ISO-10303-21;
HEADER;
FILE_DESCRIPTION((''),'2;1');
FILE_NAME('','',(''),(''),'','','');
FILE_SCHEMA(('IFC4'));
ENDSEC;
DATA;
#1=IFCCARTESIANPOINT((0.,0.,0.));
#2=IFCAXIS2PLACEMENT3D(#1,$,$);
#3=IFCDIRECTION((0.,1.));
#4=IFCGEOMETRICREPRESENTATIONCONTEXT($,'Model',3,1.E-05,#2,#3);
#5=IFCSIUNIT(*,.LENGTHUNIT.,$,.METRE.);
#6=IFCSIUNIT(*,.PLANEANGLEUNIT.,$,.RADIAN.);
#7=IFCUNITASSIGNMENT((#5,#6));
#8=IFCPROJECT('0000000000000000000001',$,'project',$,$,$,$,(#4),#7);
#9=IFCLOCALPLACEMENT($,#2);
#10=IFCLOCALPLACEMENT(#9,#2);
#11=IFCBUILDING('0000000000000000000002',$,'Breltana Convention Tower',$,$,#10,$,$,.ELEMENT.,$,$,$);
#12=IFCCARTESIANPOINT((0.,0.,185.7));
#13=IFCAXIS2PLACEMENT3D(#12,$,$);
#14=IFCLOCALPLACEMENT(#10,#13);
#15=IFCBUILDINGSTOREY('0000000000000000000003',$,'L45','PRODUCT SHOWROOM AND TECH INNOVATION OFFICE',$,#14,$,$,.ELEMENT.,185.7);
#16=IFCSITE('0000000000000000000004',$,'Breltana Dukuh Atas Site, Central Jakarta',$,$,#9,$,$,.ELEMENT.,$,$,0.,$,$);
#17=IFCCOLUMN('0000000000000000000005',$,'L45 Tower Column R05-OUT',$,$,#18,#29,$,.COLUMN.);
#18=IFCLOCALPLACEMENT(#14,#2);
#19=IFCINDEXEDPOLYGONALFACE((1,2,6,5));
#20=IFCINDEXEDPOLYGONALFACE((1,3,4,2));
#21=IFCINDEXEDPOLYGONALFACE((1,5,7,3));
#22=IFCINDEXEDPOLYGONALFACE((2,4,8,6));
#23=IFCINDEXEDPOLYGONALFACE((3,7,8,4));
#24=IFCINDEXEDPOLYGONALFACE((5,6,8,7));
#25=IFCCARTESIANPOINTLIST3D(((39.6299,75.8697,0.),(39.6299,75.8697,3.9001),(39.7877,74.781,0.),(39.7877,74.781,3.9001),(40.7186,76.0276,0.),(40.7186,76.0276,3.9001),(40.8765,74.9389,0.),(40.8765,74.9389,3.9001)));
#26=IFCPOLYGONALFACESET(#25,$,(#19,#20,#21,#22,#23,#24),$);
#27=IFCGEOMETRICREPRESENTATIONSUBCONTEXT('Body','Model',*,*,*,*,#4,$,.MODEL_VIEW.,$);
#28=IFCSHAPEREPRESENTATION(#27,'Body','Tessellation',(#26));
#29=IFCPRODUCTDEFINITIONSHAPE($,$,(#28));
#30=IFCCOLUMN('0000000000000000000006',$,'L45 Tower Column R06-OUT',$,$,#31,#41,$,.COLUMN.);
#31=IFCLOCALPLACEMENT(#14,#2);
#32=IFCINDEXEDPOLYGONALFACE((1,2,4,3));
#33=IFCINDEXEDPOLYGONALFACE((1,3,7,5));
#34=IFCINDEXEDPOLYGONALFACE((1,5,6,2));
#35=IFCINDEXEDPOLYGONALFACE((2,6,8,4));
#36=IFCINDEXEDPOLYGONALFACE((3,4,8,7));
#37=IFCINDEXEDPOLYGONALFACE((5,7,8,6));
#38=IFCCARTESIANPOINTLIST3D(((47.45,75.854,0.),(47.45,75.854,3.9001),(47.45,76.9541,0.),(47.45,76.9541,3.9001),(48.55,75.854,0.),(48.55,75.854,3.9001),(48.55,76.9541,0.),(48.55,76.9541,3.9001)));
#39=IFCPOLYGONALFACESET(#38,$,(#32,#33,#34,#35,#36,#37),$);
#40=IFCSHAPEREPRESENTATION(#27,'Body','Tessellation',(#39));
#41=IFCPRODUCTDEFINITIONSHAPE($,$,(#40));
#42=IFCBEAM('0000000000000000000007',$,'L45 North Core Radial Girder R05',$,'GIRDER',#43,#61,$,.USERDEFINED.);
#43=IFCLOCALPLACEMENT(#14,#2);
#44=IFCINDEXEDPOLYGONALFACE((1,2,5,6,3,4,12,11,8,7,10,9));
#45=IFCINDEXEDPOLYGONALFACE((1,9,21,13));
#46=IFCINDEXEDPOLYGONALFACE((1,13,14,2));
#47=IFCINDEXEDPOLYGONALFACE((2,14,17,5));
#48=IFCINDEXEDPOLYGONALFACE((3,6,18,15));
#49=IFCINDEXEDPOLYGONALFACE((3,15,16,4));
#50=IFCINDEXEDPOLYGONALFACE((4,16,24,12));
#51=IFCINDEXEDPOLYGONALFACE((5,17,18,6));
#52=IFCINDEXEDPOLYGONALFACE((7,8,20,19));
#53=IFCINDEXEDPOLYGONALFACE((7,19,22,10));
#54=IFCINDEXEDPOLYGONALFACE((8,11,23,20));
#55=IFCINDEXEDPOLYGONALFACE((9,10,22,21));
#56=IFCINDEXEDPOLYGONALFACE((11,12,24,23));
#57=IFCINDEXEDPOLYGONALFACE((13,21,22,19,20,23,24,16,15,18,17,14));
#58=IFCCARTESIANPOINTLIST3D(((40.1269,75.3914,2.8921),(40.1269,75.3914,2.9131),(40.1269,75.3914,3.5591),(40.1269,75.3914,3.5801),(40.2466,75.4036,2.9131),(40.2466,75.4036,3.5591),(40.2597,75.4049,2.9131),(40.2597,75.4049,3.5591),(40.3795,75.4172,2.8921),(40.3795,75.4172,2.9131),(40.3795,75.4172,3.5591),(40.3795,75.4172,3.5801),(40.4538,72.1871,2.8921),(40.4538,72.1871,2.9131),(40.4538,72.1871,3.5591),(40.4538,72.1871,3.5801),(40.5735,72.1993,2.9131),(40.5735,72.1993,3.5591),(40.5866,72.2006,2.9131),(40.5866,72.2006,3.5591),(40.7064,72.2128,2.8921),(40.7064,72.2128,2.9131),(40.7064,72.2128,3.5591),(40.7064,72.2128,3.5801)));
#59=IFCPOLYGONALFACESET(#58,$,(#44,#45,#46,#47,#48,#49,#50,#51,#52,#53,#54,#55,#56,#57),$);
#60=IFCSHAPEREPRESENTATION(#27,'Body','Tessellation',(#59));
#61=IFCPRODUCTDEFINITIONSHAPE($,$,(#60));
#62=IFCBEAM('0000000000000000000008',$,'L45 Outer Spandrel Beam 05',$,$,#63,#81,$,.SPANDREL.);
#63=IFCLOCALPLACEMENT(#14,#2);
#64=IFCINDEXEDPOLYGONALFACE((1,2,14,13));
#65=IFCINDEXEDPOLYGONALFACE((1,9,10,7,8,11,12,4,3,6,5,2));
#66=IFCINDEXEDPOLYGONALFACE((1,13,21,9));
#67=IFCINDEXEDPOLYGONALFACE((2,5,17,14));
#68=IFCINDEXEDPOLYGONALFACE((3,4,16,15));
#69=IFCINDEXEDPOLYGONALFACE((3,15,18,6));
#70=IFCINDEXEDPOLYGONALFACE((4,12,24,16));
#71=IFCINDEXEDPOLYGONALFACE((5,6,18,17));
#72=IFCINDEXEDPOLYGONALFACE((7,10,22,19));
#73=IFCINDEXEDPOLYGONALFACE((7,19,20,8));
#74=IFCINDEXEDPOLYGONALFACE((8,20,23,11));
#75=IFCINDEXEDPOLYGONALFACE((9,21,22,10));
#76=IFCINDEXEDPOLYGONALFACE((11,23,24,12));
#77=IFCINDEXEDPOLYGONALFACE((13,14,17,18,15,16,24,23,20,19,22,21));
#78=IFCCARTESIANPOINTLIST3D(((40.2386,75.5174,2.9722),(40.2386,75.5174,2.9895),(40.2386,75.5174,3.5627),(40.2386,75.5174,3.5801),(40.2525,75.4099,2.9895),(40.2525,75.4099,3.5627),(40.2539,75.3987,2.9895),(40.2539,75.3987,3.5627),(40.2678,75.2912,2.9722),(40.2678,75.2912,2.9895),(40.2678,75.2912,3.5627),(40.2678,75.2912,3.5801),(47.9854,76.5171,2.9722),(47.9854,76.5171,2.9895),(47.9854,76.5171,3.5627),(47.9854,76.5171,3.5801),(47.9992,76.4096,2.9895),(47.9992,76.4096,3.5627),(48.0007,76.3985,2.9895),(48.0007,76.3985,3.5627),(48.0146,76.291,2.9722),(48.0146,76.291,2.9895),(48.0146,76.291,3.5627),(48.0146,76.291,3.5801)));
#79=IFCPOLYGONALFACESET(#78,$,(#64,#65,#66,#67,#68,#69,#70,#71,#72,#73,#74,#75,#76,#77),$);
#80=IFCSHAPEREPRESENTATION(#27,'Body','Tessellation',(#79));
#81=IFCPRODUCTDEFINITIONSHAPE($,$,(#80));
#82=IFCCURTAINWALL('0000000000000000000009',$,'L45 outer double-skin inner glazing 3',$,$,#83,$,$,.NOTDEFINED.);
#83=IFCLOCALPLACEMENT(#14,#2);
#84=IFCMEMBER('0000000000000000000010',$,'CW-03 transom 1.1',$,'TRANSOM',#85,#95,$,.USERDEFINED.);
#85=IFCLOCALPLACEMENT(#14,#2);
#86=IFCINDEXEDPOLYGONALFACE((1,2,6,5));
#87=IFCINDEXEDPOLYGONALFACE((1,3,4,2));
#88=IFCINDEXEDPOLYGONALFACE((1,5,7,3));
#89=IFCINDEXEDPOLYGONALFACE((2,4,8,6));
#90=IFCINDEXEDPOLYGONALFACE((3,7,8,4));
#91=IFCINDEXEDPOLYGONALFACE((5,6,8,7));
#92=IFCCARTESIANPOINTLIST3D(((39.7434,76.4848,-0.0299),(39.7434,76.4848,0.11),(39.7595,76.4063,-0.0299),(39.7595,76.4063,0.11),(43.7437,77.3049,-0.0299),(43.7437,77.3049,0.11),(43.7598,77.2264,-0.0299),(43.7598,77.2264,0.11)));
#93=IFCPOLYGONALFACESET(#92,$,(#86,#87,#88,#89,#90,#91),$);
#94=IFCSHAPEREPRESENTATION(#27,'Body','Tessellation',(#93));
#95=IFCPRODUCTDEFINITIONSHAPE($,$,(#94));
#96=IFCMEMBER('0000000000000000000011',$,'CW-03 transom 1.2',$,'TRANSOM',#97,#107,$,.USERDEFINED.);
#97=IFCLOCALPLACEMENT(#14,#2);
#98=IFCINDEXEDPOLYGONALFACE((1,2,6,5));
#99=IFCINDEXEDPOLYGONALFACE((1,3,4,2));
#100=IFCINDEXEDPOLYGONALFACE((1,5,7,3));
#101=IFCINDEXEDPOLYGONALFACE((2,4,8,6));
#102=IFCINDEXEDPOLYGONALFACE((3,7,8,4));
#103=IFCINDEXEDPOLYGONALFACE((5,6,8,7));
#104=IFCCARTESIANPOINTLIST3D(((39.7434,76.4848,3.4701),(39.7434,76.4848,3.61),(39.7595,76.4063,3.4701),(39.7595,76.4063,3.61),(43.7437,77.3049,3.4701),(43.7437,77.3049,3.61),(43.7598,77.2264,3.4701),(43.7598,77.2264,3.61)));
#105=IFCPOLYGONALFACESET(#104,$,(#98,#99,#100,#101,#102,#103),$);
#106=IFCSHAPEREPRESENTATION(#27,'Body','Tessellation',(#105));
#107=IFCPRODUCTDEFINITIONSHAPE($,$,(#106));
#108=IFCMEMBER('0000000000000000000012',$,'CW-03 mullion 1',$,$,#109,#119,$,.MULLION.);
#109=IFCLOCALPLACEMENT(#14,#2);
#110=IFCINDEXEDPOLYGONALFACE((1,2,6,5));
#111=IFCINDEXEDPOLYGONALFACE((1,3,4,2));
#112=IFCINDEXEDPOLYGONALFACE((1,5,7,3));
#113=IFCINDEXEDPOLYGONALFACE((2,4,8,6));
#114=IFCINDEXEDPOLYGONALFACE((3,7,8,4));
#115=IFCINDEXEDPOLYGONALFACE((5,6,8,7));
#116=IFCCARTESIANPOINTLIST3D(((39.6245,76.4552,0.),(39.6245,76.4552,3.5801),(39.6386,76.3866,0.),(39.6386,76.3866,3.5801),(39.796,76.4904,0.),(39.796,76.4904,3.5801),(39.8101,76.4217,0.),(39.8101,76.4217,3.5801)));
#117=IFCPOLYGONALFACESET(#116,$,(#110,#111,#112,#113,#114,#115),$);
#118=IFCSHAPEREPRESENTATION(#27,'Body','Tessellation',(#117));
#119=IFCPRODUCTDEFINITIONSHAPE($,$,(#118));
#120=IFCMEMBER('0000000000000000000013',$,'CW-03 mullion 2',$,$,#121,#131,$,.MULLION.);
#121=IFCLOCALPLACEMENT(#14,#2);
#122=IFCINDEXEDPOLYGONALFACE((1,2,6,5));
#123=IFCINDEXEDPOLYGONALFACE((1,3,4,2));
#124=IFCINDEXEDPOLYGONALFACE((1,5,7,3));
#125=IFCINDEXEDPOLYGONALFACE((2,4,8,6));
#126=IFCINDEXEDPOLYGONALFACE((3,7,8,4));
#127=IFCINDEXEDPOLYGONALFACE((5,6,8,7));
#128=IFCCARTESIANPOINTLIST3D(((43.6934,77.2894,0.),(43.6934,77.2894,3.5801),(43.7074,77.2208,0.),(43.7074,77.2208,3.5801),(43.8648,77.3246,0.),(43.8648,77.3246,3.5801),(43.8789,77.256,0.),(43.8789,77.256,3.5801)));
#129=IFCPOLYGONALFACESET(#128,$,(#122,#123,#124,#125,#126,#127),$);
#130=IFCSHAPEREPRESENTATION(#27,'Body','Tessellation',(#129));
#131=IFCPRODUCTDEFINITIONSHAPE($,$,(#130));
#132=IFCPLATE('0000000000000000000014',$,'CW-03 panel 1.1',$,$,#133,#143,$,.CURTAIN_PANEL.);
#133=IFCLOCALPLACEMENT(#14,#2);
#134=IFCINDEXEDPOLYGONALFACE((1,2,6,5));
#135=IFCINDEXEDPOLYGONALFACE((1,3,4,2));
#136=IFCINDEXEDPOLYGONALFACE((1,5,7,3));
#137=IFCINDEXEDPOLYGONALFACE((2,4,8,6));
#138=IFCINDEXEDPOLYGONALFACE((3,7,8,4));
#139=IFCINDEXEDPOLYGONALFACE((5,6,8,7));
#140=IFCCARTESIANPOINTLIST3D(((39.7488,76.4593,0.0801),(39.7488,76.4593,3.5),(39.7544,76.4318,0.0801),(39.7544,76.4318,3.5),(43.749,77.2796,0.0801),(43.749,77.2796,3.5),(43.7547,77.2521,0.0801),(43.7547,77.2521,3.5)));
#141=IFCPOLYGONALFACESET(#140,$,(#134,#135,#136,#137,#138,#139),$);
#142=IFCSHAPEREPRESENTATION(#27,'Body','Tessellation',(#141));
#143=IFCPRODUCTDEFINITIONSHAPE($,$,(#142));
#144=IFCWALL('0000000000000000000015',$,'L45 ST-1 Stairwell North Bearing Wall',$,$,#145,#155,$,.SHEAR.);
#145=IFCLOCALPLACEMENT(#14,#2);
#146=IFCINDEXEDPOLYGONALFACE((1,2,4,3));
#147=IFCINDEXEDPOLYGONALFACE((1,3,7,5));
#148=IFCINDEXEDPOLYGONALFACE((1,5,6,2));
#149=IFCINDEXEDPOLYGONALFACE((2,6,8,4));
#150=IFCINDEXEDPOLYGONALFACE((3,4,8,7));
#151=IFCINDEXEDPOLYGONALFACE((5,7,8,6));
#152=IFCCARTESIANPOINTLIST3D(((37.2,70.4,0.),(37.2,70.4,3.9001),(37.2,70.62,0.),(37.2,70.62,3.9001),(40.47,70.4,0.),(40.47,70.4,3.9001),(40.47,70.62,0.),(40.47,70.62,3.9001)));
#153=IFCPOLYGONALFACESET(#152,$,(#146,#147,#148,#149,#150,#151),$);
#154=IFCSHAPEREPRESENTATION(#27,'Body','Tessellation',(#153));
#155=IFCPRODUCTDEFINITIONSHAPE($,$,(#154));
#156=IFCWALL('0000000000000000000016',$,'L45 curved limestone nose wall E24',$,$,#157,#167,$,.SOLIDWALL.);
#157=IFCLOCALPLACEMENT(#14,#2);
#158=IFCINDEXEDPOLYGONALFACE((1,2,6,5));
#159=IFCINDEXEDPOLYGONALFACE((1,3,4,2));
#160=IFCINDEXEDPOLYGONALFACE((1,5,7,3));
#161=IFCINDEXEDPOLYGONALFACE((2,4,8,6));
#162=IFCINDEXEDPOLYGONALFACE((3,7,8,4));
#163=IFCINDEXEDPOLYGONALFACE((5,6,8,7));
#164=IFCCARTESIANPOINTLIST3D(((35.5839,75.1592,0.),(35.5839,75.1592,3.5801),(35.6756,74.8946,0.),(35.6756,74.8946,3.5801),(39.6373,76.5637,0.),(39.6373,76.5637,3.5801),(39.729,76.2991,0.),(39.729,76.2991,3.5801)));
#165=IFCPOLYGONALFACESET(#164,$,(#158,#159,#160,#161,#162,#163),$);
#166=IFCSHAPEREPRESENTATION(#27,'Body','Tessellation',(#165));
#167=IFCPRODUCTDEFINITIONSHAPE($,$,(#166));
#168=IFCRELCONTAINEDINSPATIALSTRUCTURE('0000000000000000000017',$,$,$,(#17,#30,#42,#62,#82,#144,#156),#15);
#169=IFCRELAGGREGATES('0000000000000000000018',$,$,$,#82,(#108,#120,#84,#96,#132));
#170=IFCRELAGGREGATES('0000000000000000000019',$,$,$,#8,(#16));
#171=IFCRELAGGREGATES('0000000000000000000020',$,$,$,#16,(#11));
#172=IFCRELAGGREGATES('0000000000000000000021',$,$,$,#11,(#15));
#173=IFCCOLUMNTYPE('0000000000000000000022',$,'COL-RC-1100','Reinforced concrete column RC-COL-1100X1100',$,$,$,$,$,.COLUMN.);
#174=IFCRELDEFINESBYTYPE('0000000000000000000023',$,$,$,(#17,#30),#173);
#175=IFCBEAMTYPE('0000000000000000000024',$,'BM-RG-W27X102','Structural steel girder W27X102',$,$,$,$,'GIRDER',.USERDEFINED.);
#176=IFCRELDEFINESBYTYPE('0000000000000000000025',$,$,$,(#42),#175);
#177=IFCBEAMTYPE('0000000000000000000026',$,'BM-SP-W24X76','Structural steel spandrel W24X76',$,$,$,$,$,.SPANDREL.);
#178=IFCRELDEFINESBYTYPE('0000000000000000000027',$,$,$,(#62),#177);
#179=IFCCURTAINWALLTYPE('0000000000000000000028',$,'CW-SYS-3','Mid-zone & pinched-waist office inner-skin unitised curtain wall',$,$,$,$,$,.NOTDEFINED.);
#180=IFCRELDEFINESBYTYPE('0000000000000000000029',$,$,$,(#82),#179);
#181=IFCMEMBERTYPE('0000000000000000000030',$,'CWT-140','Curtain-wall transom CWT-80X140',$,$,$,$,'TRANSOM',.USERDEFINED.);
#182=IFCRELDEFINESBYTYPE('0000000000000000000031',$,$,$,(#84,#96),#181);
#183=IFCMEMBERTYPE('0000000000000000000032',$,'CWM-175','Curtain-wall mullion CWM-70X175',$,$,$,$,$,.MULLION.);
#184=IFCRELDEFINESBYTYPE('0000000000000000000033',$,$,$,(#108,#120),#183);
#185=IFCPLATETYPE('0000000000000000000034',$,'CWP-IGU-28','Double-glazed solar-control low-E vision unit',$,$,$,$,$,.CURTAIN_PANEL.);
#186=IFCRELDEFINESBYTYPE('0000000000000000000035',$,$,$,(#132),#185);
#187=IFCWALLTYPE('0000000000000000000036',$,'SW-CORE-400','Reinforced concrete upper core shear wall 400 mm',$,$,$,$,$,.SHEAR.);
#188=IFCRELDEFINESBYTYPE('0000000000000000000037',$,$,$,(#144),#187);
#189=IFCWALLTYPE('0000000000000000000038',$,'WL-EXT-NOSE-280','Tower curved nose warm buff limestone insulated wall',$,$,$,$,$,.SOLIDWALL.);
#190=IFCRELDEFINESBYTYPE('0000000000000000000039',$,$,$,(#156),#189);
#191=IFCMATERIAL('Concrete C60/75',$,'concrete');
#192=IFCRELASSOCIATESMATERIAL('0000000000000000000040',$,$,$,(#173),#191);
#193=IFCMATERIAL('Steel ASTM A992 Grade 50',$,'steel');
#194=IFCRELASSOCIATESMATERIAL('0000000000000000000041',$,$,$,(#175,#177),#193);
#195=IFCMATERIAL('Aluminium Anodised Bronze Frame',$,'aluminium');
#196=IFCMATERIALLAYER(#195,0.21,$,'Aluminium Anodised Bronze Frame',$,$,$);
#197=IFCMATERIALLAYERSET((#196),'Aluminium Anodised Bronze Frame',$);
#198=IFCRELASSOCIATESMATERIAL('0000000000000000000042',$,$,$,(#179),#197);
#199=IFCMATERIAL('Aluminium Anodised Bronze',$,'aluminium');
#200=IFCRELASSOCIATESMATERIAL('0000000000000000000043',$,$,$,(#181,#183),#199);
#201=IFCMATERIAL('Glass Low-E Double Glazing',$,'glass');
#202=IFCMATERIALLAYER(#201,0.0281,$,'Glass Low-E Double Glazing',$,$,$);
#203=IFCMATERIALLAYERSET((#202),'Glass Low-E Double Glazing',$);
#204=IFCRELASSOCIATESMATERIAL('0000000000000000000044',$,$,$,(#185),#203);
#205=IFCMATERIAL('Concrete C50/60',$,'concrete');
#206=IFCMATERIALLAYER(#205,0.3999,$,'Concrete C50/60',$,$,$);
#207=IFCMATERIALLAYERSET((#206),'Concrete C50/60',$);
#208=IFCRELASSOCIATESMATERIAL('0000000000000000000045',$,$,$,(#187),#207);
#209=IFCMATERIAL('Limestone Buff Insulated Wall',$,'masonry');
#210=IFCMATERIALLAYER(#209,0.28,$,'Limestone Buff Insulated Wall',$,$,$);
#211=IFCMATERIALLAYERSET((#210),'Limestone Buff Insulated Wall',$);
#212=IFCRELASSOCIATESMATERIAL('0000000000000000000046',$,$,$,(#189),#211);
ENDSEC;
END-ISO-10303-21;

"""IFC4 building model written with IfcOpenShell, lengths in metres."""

from ifc_helpers import new_model, si_unit, direction, frame, frame_2d, origin, origin_2d, place, context, subcontext, project, spatial, rectangle, i_section, extrude, source, transform, mapped, material, layer, layer_set, material_profile, profile_set, type_object, element, aggregate, save


model = new_model("IFC4")

# Units and contexts
model_context = context("Model", 3, precision=1e-05, world=origin(), true_north=direction((0.0, 1.0)))
body_context = subcontext(model_context, "Body", "Model", "MODEL_VIEW")
ifc_project = project(units=[si_unit("LENGTHUNIT", "METRE"), si_unit("PLANEANGLEUNIT", "RADIAN")], contexts=[model_context])

# Site, building, storey
site_placement = place(None, origin())
site = spatial("IfcSite", under=ifc_project, at=site_placement, Name="Breltana Dukuh Atas Site, Central Jakarta", CompositionType="ELEMENT", RefElevation=0.0)
building_placement = place(site_placement, origin())
building = spatial("IfcBuilding", under=site, at=building_placement, Name="Breltana Convention Tower", CompositionType="ELEMENT")
storey_placement = place(building_placement, frame((0.0, 0.0, 185.7)))
storey = spatial("IfcBuildingStorey", under=building, at=storey_placement, Name="L45", Description="PRODUCT SHOWROOM AND TECH INNOVATION OFFICE", CompositionType="ELEMENT", Elevation=185.7)

# Columns
ifc_material_1 = material(Name="Concrete C60/75", Category="concrete")
ifc_material_profile_1 = material_profile(ifc_material_1, rectangle(XDim=1.1001, YDim=1.1001, at=origin_2d()), Name="RC-COL-1100X1100")
ifc_profile_set_1 = profile_set([ifc_material_profile_1], Name="Concrete C60/75")
column_type = type_object("IfcColumnType", Name="COL-RC-1100", Description="Reinforced concrete column RC-COL-1100X1100", PredefinedType="COLUMN", material=ifc_profile_set_1)
shared_shape_1 = source(origin(), body_context, "Body", "SweptSolid", [
    extrude(rectangle(XDim=1.1001, YDim=1.1001, at=origin_2d()), origin(), (0.0, 0.0, 1.0), 3.9001),
])
for number, where, z_axis, x_axis, name in (
    (1, (40.2532, 75.4043, 0.0), (0.0, 0.0, 1.0), (-0.143493, 0.989651, 0.0), "L45 Tower Column R05-OUT"),
    (2, (48.0, 76.4041, 0.0), (0.0, 0.0, 1.0), (0.0, 1.0, 0.0), "L45 Tower Column R06-OUT"),
):
    element("IfcColumn", number, at=place(storey_placement, frame(where, z_axis=z_axis, x_axis=x_axis)), inside=storey, type_object=column_type, Name=name, PredefinedType="COLUMN", context=body_context, shape_type="MappedRepresentation", body=[
        mapped(shared_shape_1, transform((0.0, 0.0, 0.0), scale=1.0)),
    ])

# Beams
ifc_material_2 = material(Name="Steel ASTM A992 Grade 50", Category="steel")
ifc_material_profile_2 = material_profile(ifc_material_2, i_section(OverallWidth=0.2539, OverallDepth=0.688, WebThickness=0.0132, FlangeThickness=0.021, at=origin_2d()), Name="W27X102")
ifc_profile_set_2 = profile_set([ifc_material_profile_2], Name="Steel ASTM A992 Grade 50")
beam_type_1 = type_object("IfcBeamType", Name="BM-RG-W27X102", Description="Structural steel girder W27X102", ElementType="GIRDER", PredefinedType="USERDEFINED", material=ifc_profile_set_2)
shared_shape_2 = source(origin(), body_context, "Body", "SweptSolid", [
    extrude(i_section(OverallWidth=0.2539, OverallDepth=0.688, WebThickness=0.0132, FlangeThickness=0.021, at=origin_2d()), origin(), (0.0, 0.0, 1.0), 3.2209),
])
beam_1_placement = place(storey_placement, frame((40.5801, 72.2, 3.2361), z_axis=(-0.101492, 0.994836, 0.0), x_axis=(-0.994836, -0.101492, 0.0)))
element("IfcBeam", 3, at=beam_1_placement, inside=storey, type_object=beam_type_1, Name="L45 North Core Radial Girder R05", ObjectType="GIRDER", PredefinedType="USERDEFINED", context=body_context, shape_type="MappedRepresentation", body=[
    mapped(shared_shape_2, transform((0.0, 0.0, 0.0), scale=1.0)),
])
ifc_material_profile_3 = material_profile(ifc_material_2, i_section(OverallWidth=0.228, OverallDepth=0.6079, WebThickness=0.0112, FlangeThickness=0.0173, at=origin_2d()), Name="W24X76")
ifc_profile_set_3 = profile_set([ifc_material_profile_3], Name="Steel ASTM A992 Grade 50")
beam_type_2 = type_object("IfcBeamType", Name="BM-SP-W24X76", Description="Structural steel spandrel W24X76", PredefinedType="SPANDREL", material=ifc_profile_set_3)
shared_shape_3 = source(origin(), body_context, "Body", "SweptSolid", [
    extrude(i_section(OverallWidth=0.228, OverallDepth=0.6079, WebThickness=0.0112, FlangeThickness=0.0173, at=origin_2d()), origin(), (0.0, 0.0, 1.0), 7.811),
])
beam_2_placement = place(storey_placement, frame((40.2532, 75.4043, 3.2761), z_axis=(0.991775, 0.127992, 0.0), x_axis=(-0.127992, 0.991775, 0.0)))
element("IfcBeam", 4, at=beam_2_placement, inside=storey, type_object=beam_type_2, Name="L45 Outer Spandrel Beam 05", PredefinedType="SPANDREL", context=body_context, shape_type="MappedRepresentation", body=[
    mapped(shared_shape_3, transform((0.0, 0.0, 0.0), scale=1.0)),
])

# Curtain wall, members, plate
ifc_material_3 = material(Name="Aluminium Anodised Bronze Frame", Category="aluminium")
ifc_layer_1 = layer(ifc_material_3, 0.21, Name="Aluminium Anodised Bronze Frame")
ifc_layer_set_1 = layer_set([ifc_layer_1], Name="Aluminium Anodised Bronze Frame")
curtain_wall_type = type_object("IfcCurtainWallType", Name="CW-SYS-3", Description="Mid-zone & pinched-waist office inner-skin unitised curtain wall", PredefinedType="NOTDEFINED", material=ifc_layer_set_1)
curtain_wall_placement = place(storey_placement, origin())
curtain_wall = element("IfcCurtainWall", 5, at=curtain_wall_placement, inside=storey, type_object=curtain_wall_type, Name="L45 outer double-skin inner glazing 3", PredefinedType="NOTDEFINED")
ifc_material_4 = material(Name="Aluminium Anodised Bronze", Category="aluminium")
ifc_material_profile_4 = material_profile(ifc_material_4, rectangle(XDim=0.0801, YDim=0.1399, at=origin_2d()), Name="CWT-80X140")
ifc_profile_set_4 = profile_set([ifc_material_profile_4], Name="Aluminium Anodised Bronze")
member_type_1 = type_object("IfcMemberType", Name="CWT-140", Description="Curtain-wall transom CWT-80X140", ElementType="TRANSOM", PredefinedType="USERDEFINED", material=ifc_profile_set_4)
shared_shape_4 = source(origin(), body_context, "Body", "SweptSolid", [
    extrude(rectangle(XDim=0.0801, YDim=0.1399, at=origin_2d()), origin(), (0.0, 0.0, 1.0), 4.0835),
])
member_1_placement = place(storey_placement, frame((39.7515, 76.4456, 0.04), z_axis=(0.979627, 0.200828, 0.0), x_axis=(-0.200828, 0.979627, 0.0)))
member_1 = element("IfcMember", 6, at=member_1_placement, type_object=member_type_1, Name="CW-03 transom 1.1", ObjectType="TRANSOM", PredefinedType="USERDEFINED", context=body_context, shape_type="MappedRepresentation", body=[
    mapped(shared_shape_4, transform((0.0, 0.0, 0.0), scale=1.0)),
])
member_2_placement = place(storey_placement, frame((39.7515, 76.4456, 3.54), z_axis=(0.979627, 0.200828, 0.0), x_axis=(-0.200828, 0.979627, 0.0)))
member_2 = element("IfcMember", 7, at=member_2_placement, type_object=member_type_1, Name="CW-03 transom 1.2", ObjectType="TRANSOM", PredefinedType="USERDEFINED", context=body_context, shape_type="MappedRepresentation", body=[
    mapped(shared_shape_4, transform((0.0, 0.0, 0.0), scale=1.0)),
])
ifc_material_profile_5 = material_profile(ifc_material_4, rectangle(XDim=0.0701, YDim=0.175, at=origin_2d()), Name="CWM-70X175")
ifc_profile_set_5 = profile_set([ifc_material_profile_5], Name="Aluminium Anodised Bronze")
member_type_2 = type_object("IfcMemberType", Name="CWM-175", Description="Curtain-wall mullion CWM-70X175", PredefinedType="MULLION", material=ifc_profile_set_5)
shared_shape_5 = source(origin(), body_context, "Body", "SweptSolid", [
    extrude(rectangle(XDim=0.0701, YDim=0.175, at=origin_2d()), origin(), (0.0, 0.0, 1.0), 3.5801),
])
member_3_placement = place(storey_placement, frame((39.7173, 76.4385, 0.0), z_axis=(0.0, 0.0, 1.0), x_axis=(-0.200877, 0.979617, 0.0)))
member_3 = element("IfcMember", 8, at=member_3_placement, type_object=member_type_2, Name="CW-03 mullion 1", PredefinedType="MULLION", context=body_context, shape_type="MappedRepresentation", body=[
    mapped(shared_shape_5, transform((0.0, 0.0, 0.0), scale=1.0)),
])
member_4_placement = place(storey_placement, frame((43.7861, 77.2727, 0.0), z_axis=(0.0, 0.0, 1.0), x_axis=(-0.200877, 0.979617, 0.0)))
member_4 = element("IfcMember", 9, at=member_4_placement, type_object=member_type_2, Name="CW-03 mullion 2", PredefinedType="MULLION", context=body_context, shape_type="MappedRepresentation", body=[
    mapped(shared_shape_5, transform((0.0, 0.0, 0.0), scale=1.0)),
])
ifc_material_5 = material(Name="Glass Low-E Double Glazing", Category="glass")
ifc_layer_2 = layer(ifc_material_5, 0.0281, Name="Glass Low-E Double Glazing")
ifc_layer_set_2 = layer_set([ifc_layer_2], Name="Glass Low-E Double Glazing")
plate_type = type_object("IfcPlateType", Name="CWP-IGU-28", Description="Double-glazed solar-control low-E vision unit", PredefinedType="CURTAIN_PANEL", material=ifc_layer_set_2)
shared_shape_6 = source(origin(), body_context, "Body", "SweptSolid", [
    extrude(rectangle(XDim=4.0835, YDim=0.0281, at=origin_2d()), origin(), (0.0, 0.0, 1.0), 3.4199),
])
plate_placement = place(storey_placement, frame((41.7517, 76.8557, 0.0801), z_axis=(0.0, 0.0, 1.0), x_axis=(0.979617, 0.200877, 0.0)))
plate = element("IfcPlate", 10, at=plate_placement, type_object=plate_type, Name="CW-03 panel 1.1", PredefinedType="CURTAIN_PANEL", context=body_context, shape_type="MappedRepresentation", body=[
    mapped(shared_shape_6, transform((0.0, 0.0, 0.0), scale=1.0)),
])
aggregate(curtain_wall, [member_3, member_4, member_1, member_2, plate])

# Walls
ifc_material_6 = material(Name="Concrete C50/60", Category="concrete")
ifc_layer_3 = layer(ifc_material_6, 0.3999, Name="Concrete C50/60")
ifc_layer_set_3 = layer_set([ifc_layer_3], Name="Concrete C50/60")
wall_type_1 = type_object("IfcWallType", Name="SW-CORE-400", Description="Reinforced concrete upper core shear wall 400 mm", PredefinedType="SHEAR", material=ifc_layer_set_3)
shared_shape_7 = source(origin(), body_context, "Body", "SweptSolid", [
    extrude(rectangle(XDim=3.27, YDim=0.22, at=frame_2d((1.635, 0.0))), origin(), (0.0, 0.0, 1.0), 3.9001),
])
wall_1_placement = place(storey_placement, frame((37.2, 70.51, 0.0), z_axis=(0.0, 0.0, 1.0), x_axis=(1.0, 0.0, 0.0)))
element("IfcWall", 11, at=wall_1_placement, inside=storey, type_object=wall_type_1, Name="L45 ST-1 Stairwell North Bearing Wall", PredefinedType="SHEAR", context=body_context, shape_type="MappedRepresentation", body=[
    mapped(shared_shape_7, transform((0.0, 0.0, 0.0), scale=1.0)),
])
ifc_material_7 = material(Name="Limestone Buff Insulated Wall", Category="masonry")
ifc_layer_4 = layer(ifc_material_7, 0.28, Name="Limestone Buff Insulated Wall")
ifc_layer_set_4 = layer_set([ifc_layer_4], Name="Limestone Buff Insulated Wall")
wall_type_2 = type_object("IfcWallType", Name="WL-EXT-NOSE-280", Description="Tower curved nose warm buff limestone insulated wall", PredefinedType="SOLIDWALL", material=ifc_layer_set_4)
shared_shape_8 = source(origin(), body_context, "Body", "SweptSolid", [
    extrude(rectangle(XDim=4.2898, YDim=0.28, at=frame_2d((2.145, 0.0))), origin(), (0.0, 0.0, 1.0), 3.5801),
])
wall_2_placement = place(storey_placement, frame((35.6296, 75.0269, 0.0), z_axis=(0.0, 0.0, 1.0), x_axis=(0.944884, 0.327406, 0.0)))
element("IfcWall", 12, at=wall_2_placement, inside=storey, type_object=wall_type_2, Name="L45 curved limestone nose wall E24", PredefinedType="SOLIDWALL", context=body_context, shape_type="MappedRepresentation", body=[
    mapped(shared_shape_8, transform((0.0, 0.0, 0.0), scale=1.0)),
])

save(model, "model.ifc")
